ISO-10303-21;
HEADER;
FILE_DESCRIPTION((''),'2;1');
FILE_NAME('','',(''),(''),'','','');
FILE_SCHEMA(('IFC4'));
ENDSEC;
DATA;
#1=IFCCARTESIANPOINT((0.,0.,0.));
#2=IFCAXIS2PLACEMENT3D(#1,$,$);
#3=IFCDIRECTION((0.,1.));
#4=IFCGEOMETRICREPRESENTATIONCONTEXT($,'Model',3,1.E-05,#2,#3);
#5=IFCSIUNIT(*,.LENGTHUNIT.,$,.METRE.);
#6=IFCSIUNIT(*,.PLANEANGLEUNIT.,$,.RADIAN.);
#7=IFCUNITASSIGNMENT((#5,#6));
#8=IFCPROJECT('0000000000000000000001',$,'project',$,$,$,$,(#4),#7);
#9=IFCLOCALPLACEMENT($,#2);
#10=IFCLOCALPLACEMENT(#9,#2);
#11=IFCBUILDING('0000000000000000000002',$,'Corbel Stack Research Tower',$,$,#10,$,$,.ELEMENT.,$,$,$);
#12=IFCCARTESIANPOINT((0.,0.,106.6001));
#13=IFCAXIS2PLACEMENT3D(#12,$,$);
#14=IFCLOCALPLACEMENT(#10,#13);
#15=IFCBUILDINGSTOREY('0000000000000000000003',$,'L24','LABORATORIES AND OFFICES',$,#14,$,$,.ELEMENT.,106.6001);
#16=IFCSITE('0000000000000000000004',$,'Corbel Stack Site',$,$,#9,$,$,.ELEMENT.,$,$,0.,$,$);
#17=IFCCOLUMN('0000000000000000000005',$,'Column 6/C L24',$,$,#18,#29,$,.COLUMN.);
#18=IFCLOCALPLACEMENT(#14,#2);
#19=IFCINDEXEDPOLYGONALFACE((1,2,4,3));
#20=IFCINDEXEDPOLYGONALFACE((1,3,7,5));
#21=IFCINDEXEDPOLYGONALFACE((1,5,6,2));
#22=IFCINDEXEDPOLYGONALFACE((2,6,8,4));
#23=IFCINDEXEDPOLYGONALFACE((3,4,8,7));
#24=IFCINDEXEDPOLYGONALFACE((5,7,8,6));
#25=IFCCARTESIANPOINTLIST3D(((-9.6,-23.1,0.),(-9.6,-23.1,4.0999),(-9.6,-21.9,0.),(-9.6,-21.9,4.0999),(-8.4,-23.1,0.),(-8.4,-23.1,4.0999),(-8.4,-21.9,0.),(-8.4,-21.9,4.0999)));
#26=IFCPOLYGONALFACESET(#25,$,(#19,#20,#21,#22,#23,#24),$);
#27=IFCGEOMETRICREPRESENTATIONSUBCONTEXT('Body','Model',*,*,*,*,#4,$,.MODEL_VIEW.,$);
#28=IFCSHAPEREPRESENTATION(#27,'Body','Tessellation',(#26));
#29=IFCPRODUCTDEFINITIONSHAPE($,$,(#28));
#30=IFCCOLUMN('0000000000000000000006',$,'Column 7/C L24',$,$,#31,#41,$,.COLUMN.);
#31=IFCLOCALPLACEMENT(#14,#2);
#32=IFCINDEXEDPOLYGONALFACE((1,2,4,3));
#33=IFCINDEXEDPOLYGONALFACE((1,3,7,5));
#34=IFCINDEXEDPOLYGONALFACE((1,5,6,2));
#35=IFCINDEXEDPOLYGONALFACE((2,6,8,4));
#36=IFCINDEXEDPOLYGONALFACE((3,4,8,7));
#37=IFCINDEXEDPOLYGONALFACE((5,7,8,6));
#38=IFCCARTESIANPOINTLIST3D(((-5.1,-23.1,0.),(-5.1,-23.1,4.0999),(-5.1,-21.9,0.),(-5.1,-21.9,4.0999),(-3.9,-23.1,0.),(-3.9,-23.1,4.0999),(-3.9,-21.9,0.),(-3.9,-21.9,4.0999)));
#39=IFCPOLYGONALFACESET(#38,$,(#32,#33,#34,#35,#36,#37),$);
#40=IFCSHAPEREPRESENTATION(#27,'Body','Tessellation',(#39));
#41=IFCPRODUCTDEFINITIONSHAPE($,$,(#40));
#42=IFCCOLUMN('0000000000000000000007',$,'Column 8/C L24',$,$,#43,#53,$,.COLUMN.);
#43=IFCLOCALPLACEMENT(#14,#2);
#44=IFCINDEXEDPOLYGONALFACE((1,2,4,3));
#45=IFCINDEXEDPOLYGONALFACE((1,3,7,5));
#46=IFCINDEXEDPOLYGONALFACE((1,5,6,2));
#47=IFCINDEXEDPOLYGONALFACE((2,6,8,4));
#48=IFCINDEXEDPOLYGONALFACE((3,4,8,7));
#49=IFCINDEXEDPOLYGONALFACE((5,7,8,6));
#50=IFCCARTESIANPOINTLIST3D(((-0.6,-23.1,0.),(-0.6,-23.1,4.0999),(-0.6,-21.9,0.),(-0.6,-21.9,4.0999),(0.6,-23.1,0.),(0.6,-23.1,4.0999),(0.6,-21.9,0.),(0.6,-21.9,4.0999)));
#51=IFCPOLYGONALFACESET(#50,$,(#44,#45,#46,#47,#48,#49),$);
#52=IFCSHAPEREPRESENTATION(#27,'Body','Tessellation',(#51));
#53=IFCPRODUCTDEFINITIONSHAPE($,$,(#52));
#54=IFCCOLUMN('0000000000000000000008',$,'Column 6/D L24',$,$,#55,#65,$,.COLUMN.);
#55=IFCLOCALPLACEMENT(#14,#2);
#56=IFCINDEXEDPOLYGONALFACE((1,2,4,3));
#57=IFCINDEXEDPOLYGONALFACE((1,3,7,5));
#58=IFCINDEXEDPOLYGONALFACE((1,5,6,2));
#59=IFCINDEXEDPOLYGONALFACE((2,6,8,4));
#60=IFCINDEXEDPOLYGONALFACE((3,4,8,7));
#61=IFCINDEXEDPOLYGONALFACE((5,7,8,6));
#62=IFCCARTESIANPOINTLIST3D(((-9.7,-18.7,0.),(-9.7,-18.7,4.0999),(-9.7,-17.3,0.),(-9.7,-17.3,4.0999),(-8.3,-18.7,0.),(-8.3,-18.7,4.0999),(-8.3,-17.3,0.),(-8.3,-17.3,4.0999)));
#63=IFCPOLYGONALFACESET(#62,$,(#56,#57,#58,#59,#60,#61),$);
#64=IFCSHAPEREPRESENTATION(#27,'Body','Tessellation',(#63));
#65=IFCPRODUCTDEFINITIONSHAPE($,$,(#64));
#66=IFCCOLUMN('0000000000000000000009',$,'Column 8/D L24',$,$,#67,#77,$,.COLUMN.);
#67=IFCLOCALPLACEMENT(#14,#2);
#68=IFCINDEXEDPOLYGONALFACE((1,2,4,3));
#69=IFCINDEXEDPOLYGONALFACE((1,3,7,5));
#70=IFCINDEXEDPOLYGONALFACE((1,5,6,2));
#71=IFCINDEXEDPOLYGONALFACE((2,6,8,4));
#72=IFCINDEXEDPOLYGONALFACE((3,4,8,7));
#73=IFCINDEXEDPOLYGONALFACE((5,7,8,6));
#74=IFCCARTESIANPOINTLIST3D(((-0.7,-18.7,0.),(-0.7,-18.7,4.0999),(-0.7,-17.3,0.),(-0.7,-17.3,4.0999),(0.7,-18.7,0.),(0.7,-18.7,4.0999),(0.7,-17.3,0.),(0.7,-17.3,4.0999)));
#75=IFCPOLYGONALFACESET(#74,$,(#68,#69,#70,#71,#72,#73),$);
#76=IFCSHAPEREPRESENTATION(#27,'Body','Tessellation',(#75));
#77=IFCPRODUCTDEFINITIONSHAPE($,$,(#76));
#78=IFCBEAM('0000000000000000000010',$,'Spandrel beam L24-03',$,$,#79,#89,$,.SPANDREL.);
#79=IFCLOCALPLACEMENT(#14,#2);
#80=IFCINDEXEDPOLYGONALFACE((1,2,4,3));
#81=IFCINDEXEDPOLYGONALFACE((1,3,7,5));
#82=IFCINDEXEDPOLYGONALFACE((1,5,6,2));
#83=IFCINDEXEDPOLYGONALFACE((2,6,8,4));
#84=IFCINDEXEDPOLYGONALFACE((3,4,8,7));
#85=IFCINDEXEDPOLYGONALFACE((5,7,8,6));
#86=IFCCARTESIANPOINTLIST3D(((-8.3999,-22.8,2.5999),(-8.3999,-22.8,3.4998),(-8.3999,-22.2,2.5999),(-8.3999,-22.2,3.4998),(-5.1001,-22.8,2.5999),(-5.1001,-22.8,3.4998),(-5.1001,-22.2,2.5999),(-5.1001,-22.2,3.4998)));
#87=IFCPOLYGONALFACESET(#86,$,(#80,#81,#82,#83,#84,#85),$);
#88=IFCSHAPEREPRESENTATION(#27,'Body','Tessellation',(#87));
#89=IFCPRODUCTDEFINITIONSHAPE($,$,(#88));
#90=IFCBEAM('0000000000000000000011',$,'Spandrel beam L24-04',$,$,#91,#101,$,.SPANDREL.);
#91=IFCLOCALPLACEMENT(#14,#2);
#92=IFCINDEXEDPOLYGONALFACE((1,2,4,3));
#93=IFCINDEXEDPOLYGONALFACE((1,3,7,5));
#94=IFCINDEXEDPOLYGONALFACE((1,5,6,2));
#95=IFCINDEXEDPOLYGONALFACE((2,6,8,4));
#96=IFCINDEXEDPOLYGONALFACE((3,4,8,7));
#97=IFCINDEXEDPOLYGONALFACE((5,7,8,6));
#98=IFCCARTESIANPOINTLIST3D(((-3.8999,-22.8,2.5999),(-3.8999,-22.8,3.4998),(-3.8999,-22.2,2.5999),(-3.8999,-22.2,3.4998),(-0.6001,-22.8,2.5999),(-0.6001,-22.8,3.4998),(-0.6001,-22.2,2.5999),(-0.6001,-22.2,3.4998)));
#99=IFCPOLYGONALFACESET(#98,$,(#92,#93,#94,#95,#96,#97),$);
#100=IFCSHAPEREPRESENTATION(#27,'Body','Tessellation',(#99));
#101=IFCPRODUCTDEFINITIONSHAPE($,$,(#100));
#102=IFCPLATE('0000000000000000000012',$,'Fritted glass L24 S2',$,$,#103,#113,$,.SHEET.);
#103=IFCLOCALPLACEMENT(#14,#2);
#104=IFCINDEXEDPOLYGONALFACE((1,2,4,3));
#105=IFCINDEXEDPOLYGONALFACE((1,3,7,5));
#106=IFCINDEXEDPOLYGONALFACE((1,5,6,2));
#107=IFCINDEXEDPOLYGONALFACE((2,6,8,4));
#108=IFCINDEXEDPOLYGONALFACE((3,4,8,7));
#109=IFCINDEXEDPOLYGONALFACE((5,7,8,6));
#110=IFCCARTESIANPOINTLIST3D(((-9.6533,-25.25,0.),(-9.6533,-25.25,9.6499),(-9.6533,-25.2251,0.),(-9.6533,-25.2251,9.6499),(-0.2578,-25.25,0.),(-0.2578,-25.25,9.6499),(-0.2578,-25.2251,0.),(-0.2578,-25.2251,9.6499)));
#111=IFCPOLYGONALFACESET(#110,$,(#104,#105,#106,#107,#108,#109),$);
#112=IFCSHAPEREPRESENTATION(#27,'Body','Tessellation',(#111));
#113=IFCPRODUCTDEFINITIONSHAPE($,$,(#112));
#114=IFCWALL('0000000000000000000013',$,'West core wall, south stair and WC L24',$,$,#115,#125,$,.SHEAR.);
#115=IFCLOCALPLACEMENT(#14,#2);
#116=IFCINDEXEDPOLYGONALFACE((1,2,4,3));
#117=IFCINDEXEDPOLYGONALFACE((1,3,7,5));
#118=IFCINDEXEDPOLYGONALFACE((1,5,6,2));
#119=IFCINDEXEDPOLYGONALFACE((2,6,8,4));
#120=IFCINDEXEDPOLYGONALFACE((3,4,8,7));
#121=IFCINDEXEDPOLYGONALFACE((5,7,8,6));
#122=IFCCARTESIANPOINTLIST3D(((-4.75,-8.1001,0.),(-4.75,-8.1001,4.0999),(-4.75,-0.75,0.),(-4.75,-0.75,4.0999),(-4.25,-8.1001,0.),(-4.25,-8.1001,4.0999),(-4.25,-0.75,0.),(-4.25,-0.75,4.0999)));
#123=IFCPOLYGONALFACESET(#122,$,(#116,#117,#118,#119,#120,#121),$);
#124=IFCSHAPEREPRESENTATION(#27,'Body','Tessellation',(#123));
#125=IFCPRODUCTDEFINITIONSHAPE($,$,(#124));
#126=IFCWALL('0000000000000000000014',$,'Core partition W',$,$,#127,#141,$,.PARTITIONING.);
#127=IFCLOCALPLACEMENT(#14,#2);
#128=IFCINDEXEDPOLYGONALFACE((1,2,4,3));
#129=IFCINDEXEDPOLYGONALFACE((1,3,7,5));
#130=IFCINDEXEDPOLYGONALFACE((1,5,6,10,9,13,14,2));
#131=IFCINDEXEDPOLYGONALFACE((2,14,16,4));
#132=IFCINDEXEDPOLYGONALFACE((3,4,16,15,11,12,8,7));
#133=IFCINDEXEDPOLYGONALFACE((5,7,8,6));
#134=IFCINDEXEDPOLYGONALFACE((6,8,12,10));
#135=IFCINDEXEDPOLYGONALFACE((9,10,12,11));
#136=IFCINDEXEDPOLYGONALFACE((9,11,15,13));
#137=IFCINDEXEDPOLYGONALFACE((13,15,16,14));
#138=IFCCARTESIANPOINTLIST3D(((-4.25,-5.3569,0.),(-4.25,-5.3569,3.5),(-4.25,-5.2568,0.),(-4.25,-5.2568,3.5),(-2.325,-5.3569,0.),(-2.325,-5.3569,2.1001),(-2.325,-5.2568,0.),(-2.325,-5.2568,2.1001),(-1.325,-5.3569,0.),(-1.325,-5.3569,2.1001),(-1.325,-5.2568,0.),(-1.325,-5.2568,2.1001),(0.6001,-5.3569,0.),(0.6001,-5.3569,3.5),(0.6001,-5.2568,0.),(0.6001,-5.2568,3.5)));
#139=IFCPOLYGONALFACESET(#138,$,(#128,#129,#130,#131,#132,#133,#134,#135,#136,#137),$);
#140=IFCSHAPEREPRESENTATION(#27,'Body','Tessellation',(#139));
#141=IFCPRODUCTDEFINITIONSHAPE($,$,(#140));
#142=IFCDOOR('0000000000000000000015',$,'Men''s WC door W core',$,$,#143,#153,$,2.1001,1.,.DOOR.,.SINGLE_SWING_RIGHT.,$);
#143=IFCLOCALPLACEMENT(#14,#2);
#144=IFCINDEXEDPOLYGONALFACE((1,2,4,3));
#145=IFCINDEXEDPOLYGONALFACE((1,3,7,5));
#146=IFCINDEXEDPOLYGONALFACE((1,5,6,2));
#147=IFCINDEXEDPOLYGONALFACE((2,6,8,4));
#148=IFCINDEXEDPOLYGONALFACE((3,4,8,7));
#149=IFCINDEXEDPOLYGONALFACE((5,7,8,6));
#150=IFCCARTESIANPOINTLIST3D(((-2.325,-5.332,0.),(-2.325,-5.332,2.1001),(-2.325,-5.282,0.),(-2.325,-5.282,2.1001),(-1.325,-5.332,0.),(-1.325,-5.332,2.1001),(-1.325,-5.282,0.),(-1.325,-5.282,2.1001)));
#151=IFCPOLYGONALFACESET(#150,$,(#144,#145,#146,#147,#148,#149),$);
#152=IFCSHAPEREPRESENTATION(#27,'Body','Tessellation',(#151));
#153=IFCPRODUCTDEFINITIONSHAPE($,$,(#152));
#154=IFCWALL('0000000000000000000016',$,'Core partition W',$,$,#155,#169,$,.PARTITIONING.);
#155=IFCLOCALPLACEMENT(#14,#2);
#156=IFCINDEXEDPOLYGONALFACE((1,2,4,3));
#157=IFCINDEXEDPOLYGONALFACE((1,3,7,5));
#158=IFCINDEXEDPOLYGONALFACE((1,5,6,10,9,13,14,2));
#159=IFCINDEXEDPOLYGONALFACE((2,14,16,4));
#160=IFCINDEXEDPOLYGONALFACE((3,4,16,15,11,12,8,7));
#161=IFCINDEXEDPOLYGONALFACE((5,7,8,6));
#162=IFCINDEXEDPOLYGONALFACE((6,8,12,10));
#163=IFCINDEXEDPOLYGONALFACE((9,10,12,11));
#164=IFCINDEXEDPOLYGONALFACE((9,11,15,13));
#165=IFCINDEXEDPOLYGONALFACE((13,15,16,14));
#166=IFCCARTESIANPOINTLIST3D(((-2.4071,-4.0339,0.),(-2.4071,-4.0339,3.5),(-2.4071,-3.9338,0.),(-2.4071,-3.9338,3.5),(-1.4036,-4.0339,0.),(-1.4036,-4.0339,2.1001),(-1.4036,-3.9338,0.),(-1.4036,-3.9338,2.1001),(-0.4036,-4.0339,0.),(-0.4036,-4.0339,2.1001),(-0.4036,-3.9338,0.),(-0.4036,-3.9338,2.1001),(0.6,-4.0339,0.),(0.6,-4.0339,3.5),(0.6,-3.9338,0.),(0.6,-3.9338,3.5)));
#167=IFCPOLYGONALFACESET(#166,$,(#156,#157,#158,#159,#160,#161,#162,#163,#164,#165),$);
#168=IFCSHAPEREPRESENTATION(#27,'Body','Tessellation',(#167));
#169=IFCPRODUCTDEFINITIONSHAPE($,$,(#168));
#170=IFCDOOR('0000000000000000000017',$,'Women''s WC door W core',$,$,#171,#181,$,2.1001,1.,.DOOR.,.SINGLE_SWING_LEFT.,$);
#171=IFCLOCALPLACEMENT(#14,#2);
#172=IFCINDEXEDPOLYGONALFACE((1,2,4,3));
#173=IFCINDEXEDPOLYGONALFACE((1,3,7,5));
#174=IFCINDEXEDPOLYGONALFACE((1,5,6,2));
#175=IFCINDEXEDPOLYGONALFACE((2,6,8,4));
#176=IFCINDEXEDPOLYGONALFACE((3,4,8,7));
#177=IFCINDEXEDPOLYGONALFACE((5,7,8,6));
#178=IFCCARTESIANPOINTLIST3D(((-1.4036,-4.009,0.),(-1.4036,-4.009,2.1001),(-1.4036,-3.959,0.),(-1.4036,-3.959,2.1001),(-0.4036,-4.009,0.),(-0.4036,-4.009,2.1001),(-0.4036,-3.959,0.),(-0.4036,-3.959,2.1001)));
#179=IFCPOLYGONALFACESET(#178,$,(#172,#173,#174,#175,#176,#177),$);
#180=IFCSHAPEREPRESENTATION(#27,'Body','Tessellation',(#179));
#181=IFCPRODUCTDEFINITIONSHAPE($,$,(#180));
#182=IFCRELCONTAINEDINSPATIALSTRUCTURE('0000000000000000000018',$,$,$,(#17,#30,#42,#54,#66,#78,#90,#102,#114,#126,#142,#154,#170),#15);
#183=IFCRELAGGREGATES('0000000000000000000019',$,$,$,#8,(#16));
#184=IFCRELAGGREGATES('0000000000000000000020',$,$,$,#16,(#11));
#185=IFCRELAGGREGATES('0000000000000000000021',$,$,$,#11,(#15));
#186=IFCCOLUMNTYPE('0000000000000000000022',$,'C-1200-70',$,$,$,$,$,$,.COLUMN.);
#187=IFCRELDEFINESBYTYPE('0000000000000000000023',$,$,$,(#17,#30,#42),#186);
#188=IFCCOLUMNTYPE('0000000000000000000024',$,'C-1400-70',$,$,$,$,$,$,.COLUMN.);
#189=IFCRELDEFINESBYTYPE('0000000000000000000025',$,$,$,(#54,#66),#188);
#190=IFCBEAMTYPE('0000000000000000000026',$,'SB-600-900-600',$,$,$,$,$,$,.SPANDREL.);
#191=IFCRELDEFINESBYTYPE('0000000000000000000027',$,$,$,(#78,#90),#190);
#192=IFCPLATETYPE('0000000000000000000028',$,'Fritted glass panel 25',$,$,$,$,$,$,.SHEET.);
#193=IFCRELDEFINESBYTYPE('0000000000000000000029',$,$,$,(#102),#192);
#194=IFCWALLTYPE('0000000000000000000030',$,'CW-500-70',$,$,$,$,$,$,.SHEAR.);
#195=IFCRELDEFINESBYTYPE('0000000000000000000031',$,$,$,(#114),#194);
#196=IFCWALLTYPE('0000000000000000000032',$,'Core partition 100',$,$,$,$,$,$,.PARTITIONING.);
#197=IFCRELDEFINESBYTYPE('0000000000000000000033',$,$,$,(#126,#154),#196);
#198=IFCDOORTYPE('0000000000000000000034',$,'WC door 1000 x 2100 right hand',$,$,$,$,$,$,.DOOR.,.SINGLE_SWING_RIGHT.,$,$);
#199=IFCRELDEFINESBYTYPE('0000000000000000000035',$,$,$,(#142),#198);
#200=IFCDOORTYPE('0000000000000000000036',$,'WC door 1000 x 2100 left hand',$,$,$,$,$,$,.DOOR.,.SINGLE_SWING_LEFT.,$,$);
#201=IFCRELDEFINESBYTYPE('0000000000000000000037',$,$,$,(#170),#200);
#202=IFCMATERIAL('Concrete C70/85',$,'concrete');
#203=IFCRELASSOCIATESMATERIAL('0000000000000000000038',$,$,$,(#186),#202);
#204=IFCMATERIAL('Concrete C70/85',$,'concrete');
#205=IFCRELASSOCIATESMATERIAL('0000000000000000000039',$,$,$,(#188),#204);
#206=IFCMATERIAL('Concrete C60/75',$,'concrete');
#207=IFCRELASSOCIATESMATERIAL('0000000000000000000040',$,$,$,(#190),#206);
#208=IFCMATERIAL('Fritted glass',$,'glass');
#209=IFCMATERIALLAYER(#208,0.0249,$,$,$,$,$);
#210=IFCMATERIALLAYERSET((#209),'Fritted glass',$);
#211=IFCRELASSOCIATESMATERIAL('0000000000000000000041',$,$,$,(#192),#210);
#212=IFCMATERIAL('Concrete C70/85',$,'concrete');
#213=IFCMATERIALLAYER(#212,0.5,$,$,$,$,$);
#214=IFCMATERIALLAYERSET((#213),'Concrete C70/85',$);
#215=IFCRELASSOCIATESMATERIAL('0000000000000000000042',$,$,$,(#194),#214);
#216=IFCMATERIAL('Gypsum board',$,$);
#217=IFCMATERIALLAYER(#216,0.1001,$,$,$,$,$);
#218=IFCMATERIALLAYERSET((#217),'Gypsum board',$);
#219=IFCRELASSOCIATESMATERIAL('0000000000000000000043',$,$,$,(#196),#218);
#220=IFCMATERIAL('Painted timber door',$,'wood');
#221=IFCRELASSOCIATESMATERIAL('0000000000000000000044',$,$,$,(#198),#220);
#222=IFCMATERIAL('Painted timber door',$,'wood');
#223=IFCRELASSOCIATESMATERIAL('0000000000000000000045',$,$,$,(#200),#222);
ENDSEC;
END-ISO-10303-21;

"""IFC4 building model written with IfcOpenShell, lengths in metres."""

from ifc_helpers import new_model, si_unit, direction, frame, frame_2d, origin, origin_2d, place, context, subcontext, project, spatial, rectangle, extrude, material, layer, layer_set, material_profile, profile_set, type_object, element, fill, save


model = new_model("IFC4")

# Units and contexts
model_context = context("Model", 3, precision=1e-05, world=origin(), true_north=direction((0.0, 1.0)))
body_context = subcontext(model_context, "Body", "Model", "MODEL_VIEW")
ifc_project = project(units=[si_unit("LENGTHUNIT", "METRE"), si_unit("PLANEANGLEUNIT", "RADIAN")], contexts=[model_context])

# Site, building, storey
site_placement = place(None, origin())
site = spatial("IfcSite", under=ifc_project, at=site_placement, Name="Corbel Stack Site", CompositionType="ELEMENT", RefElevation=0.0)
building_placement = place(site_placement, origin())
building = spatial("IfcBuilding", under=site, at=building_placement, Name="Corbel Stack Research Tower", CompositionType="ELEMENT")
storey_placement = place(building_placement, frame((0.0, 0.0, 106.6001)))
storey = spatial("IfcBuildingStorey", under=building, at=storey_placement, Name="L24", Description="LABORATORIES AND OFFICES", CompositionType="ELEMENT", Elevation=106.6001)

# Columns
ifc_material_1 = material(Name="Concrete C70/85", Category="concrete")
ifc_material_profile_1 = material_profile(ifc_material_1, rectangle(XDim=1.2, YDim=1.2, at=origin_2d()), Name="RC 1200 x 1200")
ifc_profile_set_1 = profile_set([ifc_material_profile_1], Name="Concrete C70/85")
column_type_1 = type_object("IfcColumnType", Name="C-1200-70", PredefinedType="COLUMN", material=ifc_profile_set_1)
for number, where, z_axis, x_axis, name in (
    (1, (-9.0, -22.5, 0.0), (0.0, 0.0, 1.0), (1.0, 0.0, 0.0), "Column 6/C L24"),
    (2, (-4.5, -22.5, 0.0), (0.0, 0.0, 1.0), (1.0, 0.0, 0.0), "Column 7/C L24"),
    (3, (0.0, -22.5, 0.0), (0.0, 0.0, 1.0), (1.0, 0.0, 0.0), "Column 8/C L24"),
):
    element("IfcColumn", number, at=place(storey_placement, frame(where, z_axis=z_axis, x_axis=x_axis)), inside=storey, type_object=column_type_1, Name=name, PredefinedType="COLUMN", context=body_context, shape_type="SweptSolid", body=[
        extrude(rectangle(XDim=1.2, YDim=1.2, at=origin_2d()), origin(), (0.0, 0.0, 1.0), 4.0999),
    ])
ifc_material_2 = material(Name="Concrete C70/85", Category="concrete")
ifc_material_profile_2 = material_profile(ifc_material_2, rectangle(XDim=1.3999, YDim=1.3999, at=origin_2d()), Name="RC 1400 x 1400")
ifc_profile_set_2 = profile_set([ifc_material_profile_2], Name="Concrete C70/85")
column_type_2 = type_object("IfcColumnType", Name="C-1400-70", PredefinedType="COLUMN", material=ifc_profile_set_2)
for number, where, z_axis, x_axis, name in (
    (4, (-9.0, -18.0, 0.0), (0.0, 0.0, 1.0), (1.0, 0.0, 0.0), "Column 6/D L24"),
    (5, (0.0, -18.0, 0.0), (0.0, 0.0, 1.0), (1.0, 0.0, 0.0), "Column 8/D L24"),
):
    element("IfcColumn", number, at=place(storey_placement, frame(where, z_axis=z_axis, x_axis=x_axis)), inside=storey, type_object=column_type_2, Name=name, PredefinedType="COLUMN", context=body_context, shape_type="SweptSolid", body=[
        extrude(rectangle(XDim=1.3999, YDim=1.3999, at=origin_2d()), origin(), (0.0, 0.0, 1.0), 4.0999),
    ])

# Beams
ifc_material_3 = material(Name="Concrete C60/75", Category="concrete")
ifc_material_profile_3 = material_profile(ifc_material_3, rectangle(XDim=0.6001, YDim=0.8999, at=origin_2d()), Name="RC 600 x 900")
ifc_profile_set_3 = profile_set([ifc_material_profile_3], Name="Concrete C60/75")
beam_type = type_object("IfcBeamType", Name="SB-600-900-600", PredefinedType="SPANDREL", material=ifc_profile_set_3)
for number, where, z_axis, x_axis, name in (
    (6, (-8.3999, -22.5, 3.0498), (1.0, 0.0, 0.0), (0.0, 1.0, 0.0), "Spandrel beam L24-03"),
    (7, (-3.8999, -22.5, 3.0498), (1.0, 0.0, 0.0), (0.0, 1.0, 0.0), "Spandrel beam L24-04"),
):
    element("IfcBeam", number, at=place(storey_placement, frame(where, z_axis=z_axis, x_axis=x_axis)), inside=storey, type_object=beam_type, Name=name, PredefinedType="SPANDREL", context=body_context, shape_type="SweptSolid", body=[
        extrude(rectangle(XDim=0.6001, YDim=0.8999, at=origin_2d()), origin(), (0.0, 0.0, 1.0), 3.2998),
    ])

# Plate
ifc_material_4 = material(Name="Fritted glass", Category="glass")
ifc_layer_1 = layer(ifc_material_4, 0.0249)
ifc_layer_set_1 = layer_set([ifc_layer_1], Name="Fritted glass")
plate_type = type_object("IfcPlateType", Name="Fritted glass panel 25", PredefinedType="SHEET", material=ifc_layer_set_1)
plate_placement = place(storey_placement, frame((-4.9556, -25.2375, 0.0), z_axis=(0.0, 0.0, 1.0), x_axis=(1.0, 0.0, 0.0)))
element("IfcPlate", 8, at=plate_placement, inside=storey, type_object=plate_type, Name="Fritted glass L24 S2", PredefinedType="SHEET", context=body_context, shape_type="SweptSolid", body=[
    extrude(rectangle(XDim=9.3955, YDim=0.0249, at=origin_2d()), origin(), (0.0, 0.0, 1.0), 9.6499),
])

# Wall
ifc_material_5 = material(Name="Concrete C70/85", Category="concrete")
ifc_layer_2 = layer(ifc_material_5, 0.5)
ifc_layer_set_2 = layer_set([ifc_layer_2], Name="Concrete C70/85")
wall_type_1 = type_object("IfcWallType", Name="CW-500-70", PredefinedType="SHEAR", material=ifc_layer_set_2)
wall_1_placement = place(storey_placement, frame((-4.5, -8.1001, 0.0), z_axis=(0.0, 0.0, 1.0), x_axis=(0.0, 1.0, 0.0)))
element("IfcWall", 9, at=wall_1_placement, inside=storey, type_object=wall_type_1, Name="West core wall, south stair and WC L24", PredefinedType="SHEAR", context=body_context, shape_type="SweptSolid", body=[
    extrude(rectangle(XDim=7.3501, YDim=0.5, at=frame_2d((3.675, 0.0))), origin(), (0.0, 0.0, 1.0), 4.0999),
])

# Walls, openings, doors
ifc_material_6 = material(Name="Gypsum board")
ifc_layer_3 = layer(ifc_material_6, 0.1001)
ifc_layer_set_3 = layer_set([ifc_layer_3], Name="Gypsum board")
wall_type_2 = type_object("IfcWallType", Name="Core partition 100", PredefinedType="PARTITIONING", material=ifc_layer_set_3)
wall_2_placement = place(storey_placement, frame((-4.25, -5.3069, 0.0), z_axis=(0.0, 0.0, 1.0), x_axis=(1.0, 0.0, 0.0)))
wall_2 = element("IfcWall", 10, at=wall_2_placement, inside=storey, type_object=wall_type_2, Name="Core partition W", PredefinedType="PARTITIONING", context=body_context, shape_type="SweptSolid", body=[
    extrude(rectangle(XDim=4.8501, YDim=0.1001, at=frame_2d((2.425, 0.0))), origin(), (0.0, 0.0, 1.0), 3.5),
])
opening_1_placement = place(wall_2_placement, frame((1.925, 0.0, 0.0)))
opening_1 = element("IfcOpeningElement", 11, at=opening_1_placement, cuts=wall_2, PredefinedType="OPENING", context=body_context, shape_type="SweptSolid", body=[
    extrude(rectangle(XDim=1.0, YDim=2.1001, at=frame_2d((0.5, 1.05))), frame((0.0, 0.0601, 0.0), z_axis=(0.0, -1.0, 0.0), x_axis=(1.0, 0.0, 0.0)), (0.0, 0.0, 1.0), 0.1201),
])
ifc_material_7 = material(Name="Painted timber door", Category="wood")
door_type_1 = type_object("IfcDoorType", Name="WC door 1000 x 2100 right hand", OperationType="SINGLE_SWING_RIGHT", PredefinedType="DOOR", material=ifc_material_7)
door_1_placement = place(opening_1_placement, origin())
door_1 = element("IfcDoor", 12, at=door_1_placement, inside=storey, type_object=door_type_1, Name="Men's WC door W core", OperationType="SINGLE_SWING_RIGHT", OverallHeight=2.1001, OverallWidth=1.0, PredefinedType="DOOR", context=body_context, shape_type="SweptSolid", body=[
    extrude(rectangle(XDim=1.0, YDim=2.1001, at=frame_2d((0.5, 1.05))), frame((0.0, 0.0249, 0.0), z_axis=(0.0, -1.0, 0.0), x_axis=(1.0, 0.0, 0.0)), (0.0, 0.0, 1.0), 0.05),
])
fill(opening_1, door_1)
wall_3_placement = place(storey_placement, frame((-2.407, -3.9839, 0.0), z_axis=(0.0, 0.0, 1.0), x_axis=(1.0, 0.0, 0.0)))
wall_3 = element("IfcWall", 13, at=wall_3_placement, inside=storey, type_object=wall_type_2, Name="Core partition W", PredefinedType="PARTITIONING", context=body_context, shape_type="SweptSolid", body=[
    extrude(rectangle(XDim=3.0071, YDim=0.1001, at=frame_2d((1.5034, 0.0))), origin(), (0.0, 0.0, 1.0), 3.5),
])
opening_2_placement = place(wall_3_placement, frame((1.0034, 0.0, 0.0)))
opening_2 = element("IfcOpeningElement", 14, at=opening_2_placement, cuts=wall_3, PredefinedType="OPENING", context=body_context, shape_type="SweptSolid", body=[
    extrude(rectangle(XDim=1.0, YDim=2.1001, at=frame_2d((0.5, 1.05))), frame((0.0, 0.0601, 0.0), z_axis=(0.0, -1.0, 0.0), x_axis=(1.0, 0.0, 0.0)), (0.0, 0.0, 1.0), 0.1201),
])
ifc_material_8 = material(Name="Painted timber door", Category="wood")
door_type_2 = type_object("IfcDoorType", Name="WC door 1000 x 2100 left hand", OperationType="SINGLE_SWING_LEFT", PredefinedType="DOOR", material=ifc_material_8)
door_2_placement = place(opening_2_placement, origin())
door_2 = element("IfcDoor", 15, at=door_2_placement, inside=storey, type_object=door_type_2, Name="Women's WC door W core", OperationType="SINGLE_SWING_LEFT", OverallHeight=2.1001, OverallWidth=1.0, PredefinedType="DOOR", context=body_context, shape_type="SweptSolid", body=[
    extrude(rectangle(XDim=1.0, YDim=2.1001, at=frame_2d((0.5, 1.05))), frame((0.0, 0.0249, 0.0), z_axis=(0.0, -1.0, 0.0), x_axis=(1.0, 0.0, 0.0)), (0.0, 0.0, 1.0), 0.05),
])
fill(opening_2, door_2)

save(model, "model.ifc")
